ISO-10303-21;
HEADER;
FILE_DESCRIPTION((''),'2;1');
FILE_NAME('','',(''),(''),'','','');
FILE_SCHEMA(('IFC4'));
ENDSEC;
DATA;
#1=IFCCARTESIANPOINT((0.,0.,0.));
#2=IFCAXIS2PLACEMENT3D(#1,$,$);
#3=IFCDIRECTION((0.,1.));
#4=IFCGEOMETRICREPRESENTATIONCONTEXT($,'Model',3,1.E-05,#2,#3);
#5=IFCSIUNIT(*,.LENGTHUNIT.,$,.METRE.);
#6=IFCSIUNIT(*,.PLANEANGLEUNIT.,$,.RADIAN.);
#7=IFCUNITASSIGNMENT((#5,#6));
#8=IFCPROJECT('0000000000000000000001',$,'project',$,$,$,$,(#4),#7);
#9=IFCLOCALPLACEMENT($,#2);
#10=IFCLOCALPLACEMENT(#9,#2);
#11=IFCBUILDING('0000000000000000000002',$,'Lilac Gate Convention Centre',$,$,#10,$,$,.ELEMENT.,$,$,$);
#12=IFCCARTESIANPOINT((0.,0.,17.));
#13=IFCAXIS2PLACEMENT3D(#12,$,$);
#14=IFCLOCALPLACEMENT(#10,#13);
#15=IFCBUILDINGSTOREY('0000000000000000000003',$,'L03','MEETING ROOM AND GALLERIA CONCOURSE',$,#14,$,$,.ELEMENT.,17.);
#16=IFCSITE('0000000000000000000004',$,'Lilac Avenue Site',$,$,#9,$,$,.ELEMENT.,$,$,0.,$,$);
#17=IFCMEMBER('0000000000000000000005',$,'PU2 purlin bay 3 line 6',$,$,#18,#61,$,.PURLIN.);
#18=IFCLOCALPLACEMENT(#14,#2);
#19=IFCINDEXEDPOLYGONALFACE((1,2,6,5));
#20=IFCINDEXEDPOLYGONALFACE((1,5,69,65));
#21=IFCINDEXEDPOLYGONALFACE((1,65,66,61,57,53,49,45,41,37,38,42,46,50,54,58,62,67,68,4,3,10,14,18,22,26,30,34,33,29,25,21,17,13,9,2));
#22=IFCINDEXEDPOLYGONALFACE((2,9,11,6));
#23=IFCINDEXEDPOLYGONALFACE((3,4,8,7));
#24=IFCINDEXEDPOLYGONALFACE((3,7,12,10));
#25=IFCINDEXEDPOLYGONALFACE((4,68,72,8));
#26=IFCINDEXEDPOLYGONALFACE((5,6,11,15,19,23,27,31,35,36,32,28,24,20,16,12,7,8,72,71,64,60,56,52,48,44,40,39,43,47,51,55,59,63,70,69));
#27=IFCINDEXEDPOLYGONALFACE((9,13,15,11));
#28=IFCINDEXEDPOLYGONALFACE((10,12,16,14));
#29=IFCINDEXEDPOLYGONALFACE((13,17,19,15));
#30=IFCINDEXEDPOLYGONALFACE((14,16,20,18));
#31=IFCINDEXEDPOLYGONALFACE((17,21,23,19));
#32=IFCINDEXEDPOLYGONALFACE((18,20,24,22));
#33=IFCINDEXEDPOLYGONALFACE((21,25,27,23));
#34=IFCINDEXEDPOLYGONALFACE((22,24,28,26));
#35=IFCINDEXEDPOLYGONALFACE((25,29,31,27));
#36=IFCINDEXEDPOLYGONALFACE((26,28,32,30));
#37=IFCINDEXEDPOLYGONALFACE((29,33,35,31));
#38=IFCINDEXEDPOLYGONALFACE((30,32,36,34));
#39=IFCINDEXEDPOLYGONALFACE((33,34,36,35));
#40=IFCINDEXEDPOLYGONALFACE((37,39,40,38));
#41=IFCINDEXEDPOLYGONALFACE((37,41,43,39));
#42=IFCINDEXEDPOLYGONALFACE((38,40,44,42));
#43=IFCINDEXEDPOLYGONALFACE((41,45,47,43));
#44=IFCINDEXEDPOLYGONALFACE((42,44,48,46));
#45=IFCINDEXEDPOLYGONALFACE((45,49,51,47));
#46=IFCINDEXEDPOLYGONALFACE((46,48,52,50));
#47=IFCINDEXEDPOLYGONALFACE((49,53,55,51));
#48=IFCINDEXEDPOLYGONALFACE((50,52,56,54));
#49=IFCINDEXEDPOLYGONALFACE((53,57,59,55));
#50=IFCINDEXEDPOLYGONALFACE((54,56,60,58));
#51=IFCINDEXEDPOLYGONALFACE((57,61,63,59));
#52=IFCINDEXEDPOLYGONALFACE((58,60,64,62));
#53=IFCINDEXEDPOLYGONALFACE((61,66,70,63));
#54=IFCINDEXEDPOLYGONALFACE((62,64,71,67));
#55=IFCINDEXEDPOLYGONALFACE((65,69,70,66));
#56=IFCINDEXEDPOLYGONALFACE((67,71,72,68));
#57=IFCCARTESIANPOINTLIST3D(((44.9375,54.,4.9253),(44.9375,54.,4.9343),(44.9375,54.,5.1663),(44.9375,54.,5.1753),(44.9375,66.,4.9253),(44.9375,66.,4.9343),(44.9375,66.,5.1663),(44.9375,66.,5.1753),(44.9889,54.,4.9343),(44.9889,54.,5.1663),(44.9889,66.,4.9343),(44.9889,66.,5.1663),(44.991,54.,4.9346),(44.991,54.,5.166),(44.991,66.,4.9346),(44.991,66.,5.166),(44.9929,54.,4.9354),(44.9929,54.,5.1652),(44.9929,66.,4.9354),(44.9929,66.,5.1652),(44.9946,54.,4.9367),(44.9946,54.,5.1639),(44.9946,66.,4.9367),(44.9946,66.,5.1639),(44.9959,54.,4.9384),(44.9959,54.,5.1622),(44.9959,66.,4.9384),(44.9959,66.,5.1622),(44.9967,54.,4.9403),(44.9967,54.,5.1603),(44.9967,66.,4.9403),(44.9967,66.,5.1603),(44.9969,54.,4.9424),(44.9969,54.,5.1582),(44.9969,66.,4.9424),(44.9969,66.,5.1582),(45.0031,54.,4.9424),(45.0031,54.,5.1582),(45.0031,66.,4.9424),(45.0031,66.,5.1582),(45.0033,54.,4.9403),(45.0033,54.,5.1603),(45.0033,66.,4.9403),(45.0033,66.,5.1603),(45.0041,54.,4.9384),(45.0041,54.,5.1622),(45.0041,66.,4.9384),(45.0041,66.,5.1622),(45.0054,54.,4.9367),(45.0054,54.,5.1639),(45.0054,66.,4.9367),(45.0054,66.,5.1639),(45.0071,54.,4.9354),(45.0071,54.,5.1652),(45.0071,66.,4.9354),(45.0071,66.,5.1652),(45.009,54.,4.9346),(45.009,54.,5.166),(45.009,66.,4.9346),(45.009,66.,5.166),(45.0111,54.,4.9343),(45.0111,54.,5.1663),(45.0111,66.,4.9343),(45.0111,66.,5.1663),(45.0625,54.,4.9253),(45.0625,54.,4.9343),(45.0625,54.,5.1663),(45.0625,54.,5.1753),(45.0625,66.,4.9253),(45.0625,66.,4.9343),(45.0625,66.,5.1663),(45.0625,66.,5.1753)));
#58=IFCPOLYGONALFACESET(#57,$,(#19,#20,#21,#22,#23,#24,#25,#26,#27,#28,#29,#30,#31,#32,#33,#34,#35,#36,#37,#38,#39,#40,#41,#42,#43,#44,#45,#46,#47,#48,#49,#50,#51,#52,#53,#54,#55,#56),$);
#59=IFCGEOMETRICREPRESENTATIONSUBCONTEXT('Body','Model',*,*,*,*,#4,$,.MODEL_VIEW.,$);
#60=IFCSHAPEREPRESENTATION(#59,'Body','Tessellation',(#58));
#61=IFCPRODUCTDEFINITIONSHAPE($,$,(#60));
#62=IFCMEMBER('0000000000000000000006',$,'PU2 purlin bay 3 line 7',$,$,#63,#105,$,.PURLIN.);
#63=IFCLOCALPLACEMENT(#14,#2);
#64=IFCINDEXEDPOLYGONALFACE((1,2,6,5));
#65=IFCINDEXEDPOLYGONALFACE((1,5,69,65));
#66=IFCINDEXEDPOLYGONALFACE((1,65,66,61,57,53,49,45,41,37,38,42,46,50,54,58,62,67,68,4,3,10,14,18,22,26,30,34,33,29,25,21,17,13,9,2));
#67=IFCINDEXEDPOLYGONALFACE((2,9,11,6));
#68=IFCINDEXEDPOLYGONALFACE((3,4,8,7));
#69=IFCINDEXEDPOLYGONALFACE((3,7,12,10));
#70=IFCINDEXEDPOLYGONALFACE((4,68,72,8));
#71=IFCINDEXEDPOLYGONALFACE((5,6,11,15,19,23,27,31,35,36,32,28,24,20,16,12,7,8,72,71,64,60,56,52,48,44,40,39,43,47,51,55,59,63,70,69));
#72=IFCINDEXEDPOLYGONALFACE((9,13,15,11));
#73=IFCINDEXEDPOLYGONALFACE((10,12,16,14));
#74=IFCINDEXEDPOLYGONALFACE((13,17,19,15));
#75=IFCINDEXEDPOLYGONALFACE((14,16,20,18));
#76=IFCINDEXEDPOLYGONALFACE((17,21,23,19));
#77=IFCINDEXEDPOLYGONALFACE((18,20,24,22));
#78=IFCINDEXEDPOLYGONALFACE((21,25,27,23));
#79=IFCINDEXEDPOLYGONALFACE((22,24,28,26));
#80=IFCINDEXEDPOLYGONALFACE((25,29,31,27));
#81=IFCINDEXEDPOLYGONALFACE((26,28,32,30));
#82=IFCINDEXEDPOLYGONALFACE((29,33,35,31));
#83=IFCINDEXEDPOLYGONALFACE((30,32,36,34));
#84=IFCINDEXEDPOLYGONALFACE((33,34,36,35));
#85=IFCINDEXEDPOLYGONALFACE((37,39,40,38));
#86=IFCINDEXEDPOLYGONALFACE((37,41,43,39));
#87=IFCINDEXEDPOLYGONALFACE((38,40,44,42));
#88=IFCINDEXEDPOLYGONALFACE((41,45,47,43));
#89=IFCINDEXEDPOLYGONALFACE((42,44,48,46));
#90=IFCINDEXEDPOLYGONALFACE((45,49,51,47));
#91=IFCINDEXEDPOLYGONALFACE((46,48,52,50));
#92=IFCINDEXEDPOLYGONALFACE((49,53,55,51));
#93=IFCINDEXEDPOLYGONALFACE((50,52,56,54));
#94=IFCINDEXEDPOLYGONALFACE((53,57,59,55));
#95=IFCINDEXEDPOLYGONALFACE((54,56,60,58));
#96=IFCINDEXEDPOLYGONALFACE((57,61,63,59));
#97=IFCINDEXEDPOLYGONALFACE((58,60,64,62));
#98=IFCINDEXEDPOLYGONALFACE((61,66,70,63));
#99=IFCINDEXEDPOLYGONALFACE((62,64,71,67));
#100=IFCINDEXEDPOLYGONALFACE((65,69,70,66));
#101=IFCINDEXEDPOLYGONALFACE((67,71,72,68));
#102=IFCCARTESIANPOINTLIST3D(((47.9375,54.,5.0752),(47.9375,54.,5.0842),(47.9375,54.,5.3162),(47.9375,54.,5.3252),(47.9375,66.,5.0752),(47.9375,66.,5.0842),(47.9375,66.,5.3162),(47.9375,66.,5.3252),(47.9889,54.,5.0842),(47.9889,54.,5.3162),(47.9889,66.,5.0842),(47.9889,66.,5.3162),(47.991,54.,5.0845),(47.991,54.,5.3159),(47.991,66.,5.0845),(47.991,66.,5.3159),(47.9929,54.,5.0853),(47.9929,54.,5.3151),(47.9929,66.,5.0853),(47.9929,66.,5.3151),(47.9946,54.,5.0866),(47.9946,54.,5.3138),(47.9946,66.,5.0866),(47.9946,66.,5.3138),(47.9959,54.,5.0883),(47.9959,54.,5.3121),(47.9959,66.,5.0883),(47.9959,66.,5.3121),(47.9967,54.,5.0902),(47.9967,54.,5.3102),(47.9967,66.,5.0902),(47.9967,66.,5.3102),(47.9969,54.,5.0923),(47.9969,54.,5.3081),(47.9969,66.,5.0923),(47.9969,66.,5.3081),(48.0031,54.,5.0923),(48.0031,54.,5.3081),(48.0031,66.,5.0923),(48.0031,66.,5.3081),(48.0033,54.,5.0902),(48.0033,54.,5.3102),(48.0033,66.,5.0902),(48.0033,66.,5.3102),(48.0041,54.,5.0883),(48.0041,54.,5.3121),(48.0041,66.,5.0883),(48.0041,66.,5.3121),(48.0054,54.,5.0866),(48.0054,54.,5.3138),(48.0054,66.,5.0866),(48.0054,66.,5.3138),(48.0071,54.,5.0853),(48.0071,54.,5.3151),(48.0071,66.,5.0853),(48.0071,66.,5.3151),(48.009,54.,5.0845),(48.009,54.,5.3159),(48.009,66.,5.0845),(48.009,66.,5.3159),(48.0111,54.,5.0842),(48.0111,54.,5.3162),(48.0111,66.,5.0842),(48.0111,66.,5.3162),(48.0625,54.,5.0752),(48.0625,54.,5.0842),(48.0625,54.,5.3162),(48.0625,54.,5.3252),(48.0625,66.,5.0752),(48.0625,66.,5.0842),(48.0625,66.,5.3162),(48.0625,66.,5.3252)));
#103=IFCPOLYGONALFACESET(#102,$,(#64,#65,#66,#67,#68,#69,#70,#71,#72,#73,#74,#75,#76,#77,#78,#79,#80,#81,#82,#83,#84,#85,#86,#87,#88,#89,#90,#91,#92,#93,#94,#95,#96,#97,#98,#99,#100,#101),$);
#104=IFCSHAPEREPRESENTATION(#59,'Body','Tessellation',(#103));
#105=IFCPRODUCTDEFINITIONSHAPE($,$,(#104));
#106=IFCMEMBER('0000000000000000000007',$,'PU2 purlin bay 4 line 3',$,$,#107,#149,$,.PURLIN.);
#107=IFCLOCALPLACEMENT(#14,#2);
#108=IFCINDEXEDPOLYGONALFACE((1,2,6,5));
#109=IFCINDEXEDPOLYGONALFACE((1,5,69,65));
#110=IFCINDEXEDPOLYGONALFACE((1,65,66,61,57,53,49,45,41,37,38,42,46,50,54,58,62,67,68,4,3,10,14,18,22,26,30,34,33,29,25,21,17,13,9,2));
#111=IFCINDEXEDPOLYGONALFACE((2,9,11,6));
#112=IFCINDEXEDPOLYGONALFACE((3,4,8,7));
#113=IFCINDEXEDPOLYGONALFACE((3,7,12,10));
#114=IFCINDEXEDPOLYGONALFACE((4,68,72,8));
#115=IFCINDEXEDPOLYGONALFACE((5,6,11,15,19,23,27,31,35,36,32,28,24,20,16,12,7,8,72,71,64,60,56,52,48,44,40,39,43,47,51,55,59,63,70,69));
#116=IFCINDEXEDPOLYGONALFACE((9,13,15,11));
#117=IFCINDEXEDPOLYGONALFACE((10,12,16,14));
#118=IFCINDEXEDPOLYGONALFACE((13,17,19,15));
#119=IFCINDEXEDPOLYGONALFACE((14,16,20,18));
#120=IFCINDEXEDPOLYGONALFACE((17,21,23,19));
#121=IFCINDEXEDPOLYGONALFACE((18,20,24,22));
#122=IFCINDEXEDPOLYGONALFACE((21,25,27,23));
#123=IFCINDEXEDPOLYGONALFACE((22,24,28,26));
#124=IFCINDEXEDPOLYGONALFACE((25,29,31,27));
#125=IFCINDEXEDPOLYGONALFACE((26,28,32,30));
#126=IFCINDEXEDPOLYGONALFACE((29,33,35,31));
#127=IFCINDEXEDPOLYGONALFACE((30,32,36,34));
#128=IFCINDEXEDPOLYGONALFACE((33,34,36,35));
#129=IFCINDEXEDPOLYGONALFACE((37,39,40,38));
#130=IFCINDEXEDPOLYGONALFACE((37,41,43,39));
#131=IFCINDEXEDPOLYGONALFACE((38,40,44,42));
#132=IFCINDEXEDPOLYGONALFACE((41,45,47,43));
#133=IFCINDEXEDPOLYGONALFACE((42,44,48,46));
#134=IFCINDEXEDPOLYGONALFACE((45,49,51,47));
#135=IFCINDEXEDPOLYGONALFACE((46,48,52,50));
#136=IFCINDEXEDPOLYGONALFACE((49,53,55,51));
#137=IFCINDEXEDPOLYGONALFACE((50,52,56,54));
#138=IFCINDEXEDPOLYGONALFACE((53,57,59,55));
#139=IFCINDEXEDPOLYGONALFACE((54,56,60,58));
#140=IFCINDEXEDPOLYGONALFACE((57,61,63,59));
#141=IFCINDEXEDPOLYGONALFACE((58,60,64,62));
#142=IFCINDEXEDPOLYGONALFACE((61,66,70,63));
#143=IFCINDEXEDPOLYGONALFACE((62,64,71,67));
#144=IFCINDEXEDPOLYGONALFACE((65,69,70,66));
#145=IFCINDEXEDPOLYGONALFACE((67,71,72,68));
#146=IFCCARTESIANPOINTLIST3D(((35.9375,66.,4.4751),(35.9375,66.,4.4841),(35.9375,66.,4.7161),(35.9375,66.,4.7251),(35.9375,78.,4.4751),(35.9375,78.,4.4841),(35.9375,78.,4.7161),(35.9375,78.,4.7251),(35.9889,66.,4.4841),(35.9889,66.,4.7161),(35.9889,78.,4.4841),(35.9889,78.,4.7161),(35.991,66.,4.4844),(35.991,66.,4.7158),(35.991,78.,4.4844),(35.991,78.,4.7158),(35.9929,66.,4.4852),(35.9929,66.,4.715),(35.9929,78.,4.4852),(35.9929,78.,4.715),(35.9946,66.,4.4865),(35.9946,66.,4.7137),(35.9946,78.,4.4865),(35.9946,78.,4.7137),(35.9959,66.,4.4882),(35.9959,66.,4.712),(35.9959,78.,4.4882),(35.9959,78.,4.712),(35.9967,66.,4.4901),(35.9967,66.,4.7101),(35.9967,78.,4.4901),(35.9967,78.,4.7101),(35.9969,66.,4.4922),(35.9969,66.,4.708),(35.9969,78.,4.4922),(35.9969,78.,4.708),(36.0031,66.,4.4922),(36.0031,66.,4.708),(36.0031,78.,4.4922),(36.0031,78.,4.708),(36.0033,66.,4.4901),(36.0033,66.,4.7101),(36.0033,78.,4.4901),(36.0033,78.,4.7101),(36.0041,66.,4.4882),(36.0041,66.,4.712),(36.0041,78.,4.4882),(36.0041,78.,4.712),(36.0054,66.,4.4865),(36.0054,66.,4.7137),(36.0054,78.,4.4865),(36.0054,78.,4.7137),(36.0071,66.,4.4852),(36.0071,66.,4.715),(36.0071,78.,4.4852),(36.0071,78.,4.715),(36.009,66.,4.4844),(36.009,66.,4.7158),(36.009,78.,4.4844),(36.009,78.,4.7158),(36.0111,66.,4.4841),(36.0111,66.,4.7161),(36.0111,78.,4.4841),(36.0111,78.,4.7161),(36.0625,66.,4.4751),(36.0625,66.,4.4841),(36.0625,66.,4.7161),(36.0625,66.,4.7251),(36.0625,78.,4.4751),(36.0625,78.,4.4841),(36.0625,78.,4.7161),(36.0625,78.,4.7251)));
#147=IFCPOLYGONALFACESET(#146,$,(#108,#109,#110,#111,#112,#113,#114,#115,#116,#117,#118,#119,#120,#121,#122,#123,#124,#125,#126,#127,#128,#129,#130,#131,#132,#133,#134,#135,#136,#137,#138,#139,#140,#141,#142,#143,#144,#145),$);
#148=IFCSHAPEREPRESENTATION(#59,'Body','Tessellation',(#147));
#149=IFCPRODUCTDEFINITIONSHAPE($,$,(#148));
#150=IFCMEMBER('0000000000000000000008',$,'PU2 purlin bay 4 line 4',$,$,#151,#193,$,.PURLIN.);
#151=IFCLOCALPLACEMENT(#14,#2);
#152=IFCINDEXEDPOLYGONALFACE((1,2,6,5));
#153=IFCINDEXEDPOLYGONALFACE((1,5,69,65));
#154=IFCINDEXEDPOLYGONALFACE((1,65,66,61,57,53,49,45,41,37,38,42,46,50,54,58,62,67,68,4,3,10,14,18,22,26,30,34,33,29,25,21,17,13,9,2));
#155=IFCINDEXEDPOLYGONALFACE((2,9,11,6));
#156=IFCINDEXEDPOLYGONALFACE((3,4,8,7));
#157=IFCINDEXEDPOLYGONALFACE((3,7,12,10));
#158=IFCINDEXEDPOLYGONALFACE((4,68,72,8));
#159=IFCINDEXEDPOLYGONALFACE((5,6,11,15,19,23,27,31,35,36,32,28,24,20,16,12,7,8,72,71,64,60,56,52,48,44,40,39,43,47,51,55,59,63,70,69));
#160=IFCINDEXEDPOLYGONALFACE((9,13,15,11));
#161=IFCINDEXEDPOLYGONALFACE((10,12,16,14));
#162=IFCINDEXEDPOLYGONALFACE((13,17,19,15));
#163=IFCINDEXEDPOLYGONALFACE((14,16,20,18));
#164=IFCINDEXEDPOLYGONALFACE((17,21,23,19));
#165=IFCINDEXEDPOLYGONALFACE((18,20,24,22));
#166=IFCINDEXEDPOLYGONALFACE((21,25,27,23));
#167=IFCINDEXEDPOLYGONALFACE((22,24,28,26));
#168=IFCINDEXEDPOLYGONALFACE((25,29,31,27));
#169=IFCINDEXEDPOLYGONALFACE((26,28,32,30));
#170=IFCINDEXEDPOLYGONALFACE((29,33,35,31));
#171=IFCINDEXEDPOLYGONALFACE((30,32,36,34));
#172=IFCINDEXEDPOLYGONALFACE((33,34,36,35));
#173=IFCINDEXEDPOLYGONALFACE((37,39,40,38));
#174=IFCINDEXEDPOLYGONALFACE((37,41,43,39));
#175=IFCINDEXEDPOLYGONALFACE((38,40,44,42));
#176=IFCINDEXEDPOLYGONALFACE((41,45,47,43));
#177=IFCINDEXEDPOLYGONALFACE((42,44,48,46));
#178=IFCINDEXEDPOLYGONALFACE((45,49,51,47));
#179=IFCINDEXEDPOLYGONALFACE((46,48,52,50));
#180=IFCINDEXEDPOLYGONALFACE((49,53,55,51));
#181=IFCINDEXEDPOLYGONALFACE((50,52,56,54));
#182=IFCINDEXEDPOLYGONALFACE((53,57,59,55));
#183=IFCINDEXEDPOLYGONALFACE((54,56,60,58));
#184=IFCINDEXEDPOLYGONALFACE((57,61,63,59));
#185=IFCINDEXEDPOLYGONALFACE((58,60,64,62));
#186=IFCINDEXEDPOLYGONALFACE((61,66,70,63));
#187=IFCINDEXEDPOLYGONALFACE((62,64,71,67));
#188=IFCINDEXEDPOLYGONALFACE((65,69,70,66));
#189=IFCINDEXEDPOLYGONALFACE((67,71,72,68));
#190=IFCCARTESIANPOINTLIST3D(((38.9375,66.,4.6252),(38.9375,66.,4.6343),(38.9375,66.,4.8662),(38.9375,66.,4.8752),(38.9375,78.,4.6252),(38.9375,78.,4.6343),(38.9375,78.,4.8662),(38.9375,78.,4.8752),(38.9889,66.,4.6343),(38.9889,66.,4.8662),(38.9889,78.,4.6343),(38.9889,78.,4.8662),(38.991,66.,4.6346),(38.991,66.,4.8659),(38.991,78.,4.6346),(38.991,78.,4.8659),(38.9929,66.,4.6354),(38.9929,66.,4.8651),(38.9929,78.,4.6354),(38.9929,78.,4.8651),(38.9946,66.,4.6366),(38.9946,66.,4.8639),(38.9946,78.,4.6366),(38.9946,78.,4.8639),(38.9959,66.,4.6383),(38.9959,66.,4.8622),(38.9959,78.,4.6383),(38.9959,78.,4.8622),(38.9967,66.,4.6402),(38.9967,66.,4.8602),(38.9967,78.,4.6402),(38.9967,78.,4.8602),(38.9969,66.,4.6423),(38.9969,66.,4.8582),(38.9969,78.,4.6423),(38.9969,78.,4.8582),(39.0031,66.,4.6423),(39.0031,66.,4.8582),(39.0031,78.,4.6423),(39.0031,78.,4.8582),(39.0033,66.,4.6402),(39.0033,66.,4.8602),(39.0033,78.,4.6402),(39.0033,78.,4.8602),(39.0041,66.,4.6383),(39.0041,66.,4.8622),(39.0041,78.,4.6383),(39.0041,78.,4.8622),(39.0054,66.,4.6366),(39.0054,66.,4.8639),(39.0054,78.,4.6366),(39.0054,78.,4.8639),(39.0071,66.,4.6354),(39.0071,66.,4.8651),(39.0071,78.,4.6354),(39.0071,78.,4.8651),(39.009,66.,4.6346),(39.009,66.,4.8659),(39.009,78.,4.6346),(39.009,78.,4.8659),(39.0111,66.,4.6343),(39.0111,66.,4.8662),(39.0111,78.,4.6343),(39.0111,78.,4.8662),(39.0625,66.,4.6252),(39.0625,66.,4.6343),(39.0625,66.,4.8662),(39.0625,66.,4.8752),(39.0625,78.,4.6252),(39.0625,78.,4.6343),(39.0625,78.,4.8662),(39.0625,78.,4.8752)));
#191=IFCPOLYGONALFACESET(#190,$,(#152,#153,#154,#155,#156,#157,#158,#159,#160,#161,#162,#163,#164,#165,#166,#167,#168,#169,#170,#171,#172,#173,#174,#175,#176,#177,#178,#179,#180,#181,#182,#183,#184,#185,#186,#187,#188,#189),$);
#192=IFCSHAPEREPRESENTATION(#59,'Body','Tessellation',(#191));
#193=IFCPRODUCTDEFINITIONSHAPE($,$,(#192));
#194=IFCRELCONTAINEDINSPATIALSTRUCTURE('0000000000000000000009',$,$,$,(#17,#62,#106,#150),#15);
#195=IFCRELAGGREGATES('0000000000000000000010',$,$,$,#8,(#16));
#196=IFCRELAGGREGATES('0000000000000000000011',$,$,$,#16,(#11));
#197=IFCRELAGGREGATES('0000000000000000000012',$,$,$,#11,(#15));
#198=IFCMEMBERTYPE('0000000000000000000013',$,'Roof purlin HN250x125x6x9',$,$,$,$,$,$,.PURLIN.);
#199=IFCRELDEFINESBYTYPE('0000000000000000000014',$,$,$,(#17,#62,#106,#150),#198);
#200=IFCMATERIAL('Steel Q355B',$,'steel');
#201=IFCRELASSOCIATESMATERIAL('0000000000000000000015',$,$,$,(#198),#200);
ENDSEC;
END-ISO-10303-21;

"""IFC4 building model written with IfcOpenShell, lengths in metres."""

from ifc_helpers import new_model, si_unit, direction, frame, origin, origin_2d, place, context, subcontext, project, spatial, i_section, extrude, material, material_profile, profile_set, type_object, element, save


model = new_model("IFC4")

# Units and contexts
model_context = context("Model", 3, precision=1e-05, world=origin(), true_north=direction((0.0, 1.0)))
body_context = subcontext(model_context, "Body", "Model", "MODEL_VIEW")
ifc_project = project(units=[si_unit("LENGTHUNIT", "METRE"), si_unit("PLANEANGLEUNIT", "RADIAN")], contexts=[model_context])

# Site, building, storey
site_placement = place(None, origin())
site = spatial("IfcSite", under=ifc_project, at=site_placement, Name="Lilac Avenue Site", CompositionType="ELEMENT", RefElevation=0.0)
building_placement = place(site_placement, origin())
building = spatial("IfcBuilding", under=site, at=building_placement, Name="Lilac Gate Convention Centre", CompositionType="ELEMENT")
storey_placement = place(building_placement, frame((0.0, 0.0, 17.0)))
storey = spatial("IfcBuildingStorey", under=building, at=storey_placement, Name="L03", Description="MEETING ROOM AND GALLERIA CONCOURSE", CompositionType="ELEMENT", Elevation=17.0)

# Members
ifc_material = material(Name="Steel Q355B", Category="steel")
ifc_material_profile_1 = material_profile(ifc_material, i_section(OverallWidth=0.125, OverallDepth=0.25, WebThickness=0.0061, FlangeThickness=0.009, FilletRadius=0.0081, at=origin_2d()), Name="HN250x125x6x9")
ifc_profile_set_1 = profile_set([ifc_material_profile_1], Name="Steel Q355B")
member_type_1 = type_object("IfcMemberType", Name="Roof purlin HN250x125x6x9", PredefinedType="PURLIN", material=ifc_profile_set_1)
for number, where, z_axis, x_axis, name in (
    (1, (45.0, 54.0, 5.0503), (0.0, 1.0, 0.0), (-1.0, 0.0, 0.0), "PU2 purlin bay 3 line 6"),
    (2, (48.0, 54.0, 5.2002), (0.0, 1.0, 0.0), (-1.0, 0.0, 0.0), "PU2 purlin bay 3 line 7"),
    (3, (36.0, 66.0, 4.6001), (0.0, 1.0, 0.0), (-1.0, 0.0, 0.0), "PU2 purlin bay 4 line 3"),
    (4, (39.0, 66.0, 4.7502), (0.0, 1.0, 0.0), (-1.0, 0.0, 0.0), "PU2 purlin bay 4 line 4"),
):
    element("IfcMember", number, at=place(storey_placement, frame(where, z_axis=z_axis, x_axis=x_axis)), inside=storey, type_object=member_type_1, Name=name, PredefinedType="PURLIN", context=body_context, shape_type="SweptSolid", body=[
        extrude(i_section(OverallWidth=0.125, OverallDepth=0.25, WebThickness=0.0061, FlangeThickness=0.009, FilletRadius=0.0081, at=origin_2d()), origin(), (0.0, 0.0, 1.0), 12.0),
    ])

save(model, "model.ifc")
